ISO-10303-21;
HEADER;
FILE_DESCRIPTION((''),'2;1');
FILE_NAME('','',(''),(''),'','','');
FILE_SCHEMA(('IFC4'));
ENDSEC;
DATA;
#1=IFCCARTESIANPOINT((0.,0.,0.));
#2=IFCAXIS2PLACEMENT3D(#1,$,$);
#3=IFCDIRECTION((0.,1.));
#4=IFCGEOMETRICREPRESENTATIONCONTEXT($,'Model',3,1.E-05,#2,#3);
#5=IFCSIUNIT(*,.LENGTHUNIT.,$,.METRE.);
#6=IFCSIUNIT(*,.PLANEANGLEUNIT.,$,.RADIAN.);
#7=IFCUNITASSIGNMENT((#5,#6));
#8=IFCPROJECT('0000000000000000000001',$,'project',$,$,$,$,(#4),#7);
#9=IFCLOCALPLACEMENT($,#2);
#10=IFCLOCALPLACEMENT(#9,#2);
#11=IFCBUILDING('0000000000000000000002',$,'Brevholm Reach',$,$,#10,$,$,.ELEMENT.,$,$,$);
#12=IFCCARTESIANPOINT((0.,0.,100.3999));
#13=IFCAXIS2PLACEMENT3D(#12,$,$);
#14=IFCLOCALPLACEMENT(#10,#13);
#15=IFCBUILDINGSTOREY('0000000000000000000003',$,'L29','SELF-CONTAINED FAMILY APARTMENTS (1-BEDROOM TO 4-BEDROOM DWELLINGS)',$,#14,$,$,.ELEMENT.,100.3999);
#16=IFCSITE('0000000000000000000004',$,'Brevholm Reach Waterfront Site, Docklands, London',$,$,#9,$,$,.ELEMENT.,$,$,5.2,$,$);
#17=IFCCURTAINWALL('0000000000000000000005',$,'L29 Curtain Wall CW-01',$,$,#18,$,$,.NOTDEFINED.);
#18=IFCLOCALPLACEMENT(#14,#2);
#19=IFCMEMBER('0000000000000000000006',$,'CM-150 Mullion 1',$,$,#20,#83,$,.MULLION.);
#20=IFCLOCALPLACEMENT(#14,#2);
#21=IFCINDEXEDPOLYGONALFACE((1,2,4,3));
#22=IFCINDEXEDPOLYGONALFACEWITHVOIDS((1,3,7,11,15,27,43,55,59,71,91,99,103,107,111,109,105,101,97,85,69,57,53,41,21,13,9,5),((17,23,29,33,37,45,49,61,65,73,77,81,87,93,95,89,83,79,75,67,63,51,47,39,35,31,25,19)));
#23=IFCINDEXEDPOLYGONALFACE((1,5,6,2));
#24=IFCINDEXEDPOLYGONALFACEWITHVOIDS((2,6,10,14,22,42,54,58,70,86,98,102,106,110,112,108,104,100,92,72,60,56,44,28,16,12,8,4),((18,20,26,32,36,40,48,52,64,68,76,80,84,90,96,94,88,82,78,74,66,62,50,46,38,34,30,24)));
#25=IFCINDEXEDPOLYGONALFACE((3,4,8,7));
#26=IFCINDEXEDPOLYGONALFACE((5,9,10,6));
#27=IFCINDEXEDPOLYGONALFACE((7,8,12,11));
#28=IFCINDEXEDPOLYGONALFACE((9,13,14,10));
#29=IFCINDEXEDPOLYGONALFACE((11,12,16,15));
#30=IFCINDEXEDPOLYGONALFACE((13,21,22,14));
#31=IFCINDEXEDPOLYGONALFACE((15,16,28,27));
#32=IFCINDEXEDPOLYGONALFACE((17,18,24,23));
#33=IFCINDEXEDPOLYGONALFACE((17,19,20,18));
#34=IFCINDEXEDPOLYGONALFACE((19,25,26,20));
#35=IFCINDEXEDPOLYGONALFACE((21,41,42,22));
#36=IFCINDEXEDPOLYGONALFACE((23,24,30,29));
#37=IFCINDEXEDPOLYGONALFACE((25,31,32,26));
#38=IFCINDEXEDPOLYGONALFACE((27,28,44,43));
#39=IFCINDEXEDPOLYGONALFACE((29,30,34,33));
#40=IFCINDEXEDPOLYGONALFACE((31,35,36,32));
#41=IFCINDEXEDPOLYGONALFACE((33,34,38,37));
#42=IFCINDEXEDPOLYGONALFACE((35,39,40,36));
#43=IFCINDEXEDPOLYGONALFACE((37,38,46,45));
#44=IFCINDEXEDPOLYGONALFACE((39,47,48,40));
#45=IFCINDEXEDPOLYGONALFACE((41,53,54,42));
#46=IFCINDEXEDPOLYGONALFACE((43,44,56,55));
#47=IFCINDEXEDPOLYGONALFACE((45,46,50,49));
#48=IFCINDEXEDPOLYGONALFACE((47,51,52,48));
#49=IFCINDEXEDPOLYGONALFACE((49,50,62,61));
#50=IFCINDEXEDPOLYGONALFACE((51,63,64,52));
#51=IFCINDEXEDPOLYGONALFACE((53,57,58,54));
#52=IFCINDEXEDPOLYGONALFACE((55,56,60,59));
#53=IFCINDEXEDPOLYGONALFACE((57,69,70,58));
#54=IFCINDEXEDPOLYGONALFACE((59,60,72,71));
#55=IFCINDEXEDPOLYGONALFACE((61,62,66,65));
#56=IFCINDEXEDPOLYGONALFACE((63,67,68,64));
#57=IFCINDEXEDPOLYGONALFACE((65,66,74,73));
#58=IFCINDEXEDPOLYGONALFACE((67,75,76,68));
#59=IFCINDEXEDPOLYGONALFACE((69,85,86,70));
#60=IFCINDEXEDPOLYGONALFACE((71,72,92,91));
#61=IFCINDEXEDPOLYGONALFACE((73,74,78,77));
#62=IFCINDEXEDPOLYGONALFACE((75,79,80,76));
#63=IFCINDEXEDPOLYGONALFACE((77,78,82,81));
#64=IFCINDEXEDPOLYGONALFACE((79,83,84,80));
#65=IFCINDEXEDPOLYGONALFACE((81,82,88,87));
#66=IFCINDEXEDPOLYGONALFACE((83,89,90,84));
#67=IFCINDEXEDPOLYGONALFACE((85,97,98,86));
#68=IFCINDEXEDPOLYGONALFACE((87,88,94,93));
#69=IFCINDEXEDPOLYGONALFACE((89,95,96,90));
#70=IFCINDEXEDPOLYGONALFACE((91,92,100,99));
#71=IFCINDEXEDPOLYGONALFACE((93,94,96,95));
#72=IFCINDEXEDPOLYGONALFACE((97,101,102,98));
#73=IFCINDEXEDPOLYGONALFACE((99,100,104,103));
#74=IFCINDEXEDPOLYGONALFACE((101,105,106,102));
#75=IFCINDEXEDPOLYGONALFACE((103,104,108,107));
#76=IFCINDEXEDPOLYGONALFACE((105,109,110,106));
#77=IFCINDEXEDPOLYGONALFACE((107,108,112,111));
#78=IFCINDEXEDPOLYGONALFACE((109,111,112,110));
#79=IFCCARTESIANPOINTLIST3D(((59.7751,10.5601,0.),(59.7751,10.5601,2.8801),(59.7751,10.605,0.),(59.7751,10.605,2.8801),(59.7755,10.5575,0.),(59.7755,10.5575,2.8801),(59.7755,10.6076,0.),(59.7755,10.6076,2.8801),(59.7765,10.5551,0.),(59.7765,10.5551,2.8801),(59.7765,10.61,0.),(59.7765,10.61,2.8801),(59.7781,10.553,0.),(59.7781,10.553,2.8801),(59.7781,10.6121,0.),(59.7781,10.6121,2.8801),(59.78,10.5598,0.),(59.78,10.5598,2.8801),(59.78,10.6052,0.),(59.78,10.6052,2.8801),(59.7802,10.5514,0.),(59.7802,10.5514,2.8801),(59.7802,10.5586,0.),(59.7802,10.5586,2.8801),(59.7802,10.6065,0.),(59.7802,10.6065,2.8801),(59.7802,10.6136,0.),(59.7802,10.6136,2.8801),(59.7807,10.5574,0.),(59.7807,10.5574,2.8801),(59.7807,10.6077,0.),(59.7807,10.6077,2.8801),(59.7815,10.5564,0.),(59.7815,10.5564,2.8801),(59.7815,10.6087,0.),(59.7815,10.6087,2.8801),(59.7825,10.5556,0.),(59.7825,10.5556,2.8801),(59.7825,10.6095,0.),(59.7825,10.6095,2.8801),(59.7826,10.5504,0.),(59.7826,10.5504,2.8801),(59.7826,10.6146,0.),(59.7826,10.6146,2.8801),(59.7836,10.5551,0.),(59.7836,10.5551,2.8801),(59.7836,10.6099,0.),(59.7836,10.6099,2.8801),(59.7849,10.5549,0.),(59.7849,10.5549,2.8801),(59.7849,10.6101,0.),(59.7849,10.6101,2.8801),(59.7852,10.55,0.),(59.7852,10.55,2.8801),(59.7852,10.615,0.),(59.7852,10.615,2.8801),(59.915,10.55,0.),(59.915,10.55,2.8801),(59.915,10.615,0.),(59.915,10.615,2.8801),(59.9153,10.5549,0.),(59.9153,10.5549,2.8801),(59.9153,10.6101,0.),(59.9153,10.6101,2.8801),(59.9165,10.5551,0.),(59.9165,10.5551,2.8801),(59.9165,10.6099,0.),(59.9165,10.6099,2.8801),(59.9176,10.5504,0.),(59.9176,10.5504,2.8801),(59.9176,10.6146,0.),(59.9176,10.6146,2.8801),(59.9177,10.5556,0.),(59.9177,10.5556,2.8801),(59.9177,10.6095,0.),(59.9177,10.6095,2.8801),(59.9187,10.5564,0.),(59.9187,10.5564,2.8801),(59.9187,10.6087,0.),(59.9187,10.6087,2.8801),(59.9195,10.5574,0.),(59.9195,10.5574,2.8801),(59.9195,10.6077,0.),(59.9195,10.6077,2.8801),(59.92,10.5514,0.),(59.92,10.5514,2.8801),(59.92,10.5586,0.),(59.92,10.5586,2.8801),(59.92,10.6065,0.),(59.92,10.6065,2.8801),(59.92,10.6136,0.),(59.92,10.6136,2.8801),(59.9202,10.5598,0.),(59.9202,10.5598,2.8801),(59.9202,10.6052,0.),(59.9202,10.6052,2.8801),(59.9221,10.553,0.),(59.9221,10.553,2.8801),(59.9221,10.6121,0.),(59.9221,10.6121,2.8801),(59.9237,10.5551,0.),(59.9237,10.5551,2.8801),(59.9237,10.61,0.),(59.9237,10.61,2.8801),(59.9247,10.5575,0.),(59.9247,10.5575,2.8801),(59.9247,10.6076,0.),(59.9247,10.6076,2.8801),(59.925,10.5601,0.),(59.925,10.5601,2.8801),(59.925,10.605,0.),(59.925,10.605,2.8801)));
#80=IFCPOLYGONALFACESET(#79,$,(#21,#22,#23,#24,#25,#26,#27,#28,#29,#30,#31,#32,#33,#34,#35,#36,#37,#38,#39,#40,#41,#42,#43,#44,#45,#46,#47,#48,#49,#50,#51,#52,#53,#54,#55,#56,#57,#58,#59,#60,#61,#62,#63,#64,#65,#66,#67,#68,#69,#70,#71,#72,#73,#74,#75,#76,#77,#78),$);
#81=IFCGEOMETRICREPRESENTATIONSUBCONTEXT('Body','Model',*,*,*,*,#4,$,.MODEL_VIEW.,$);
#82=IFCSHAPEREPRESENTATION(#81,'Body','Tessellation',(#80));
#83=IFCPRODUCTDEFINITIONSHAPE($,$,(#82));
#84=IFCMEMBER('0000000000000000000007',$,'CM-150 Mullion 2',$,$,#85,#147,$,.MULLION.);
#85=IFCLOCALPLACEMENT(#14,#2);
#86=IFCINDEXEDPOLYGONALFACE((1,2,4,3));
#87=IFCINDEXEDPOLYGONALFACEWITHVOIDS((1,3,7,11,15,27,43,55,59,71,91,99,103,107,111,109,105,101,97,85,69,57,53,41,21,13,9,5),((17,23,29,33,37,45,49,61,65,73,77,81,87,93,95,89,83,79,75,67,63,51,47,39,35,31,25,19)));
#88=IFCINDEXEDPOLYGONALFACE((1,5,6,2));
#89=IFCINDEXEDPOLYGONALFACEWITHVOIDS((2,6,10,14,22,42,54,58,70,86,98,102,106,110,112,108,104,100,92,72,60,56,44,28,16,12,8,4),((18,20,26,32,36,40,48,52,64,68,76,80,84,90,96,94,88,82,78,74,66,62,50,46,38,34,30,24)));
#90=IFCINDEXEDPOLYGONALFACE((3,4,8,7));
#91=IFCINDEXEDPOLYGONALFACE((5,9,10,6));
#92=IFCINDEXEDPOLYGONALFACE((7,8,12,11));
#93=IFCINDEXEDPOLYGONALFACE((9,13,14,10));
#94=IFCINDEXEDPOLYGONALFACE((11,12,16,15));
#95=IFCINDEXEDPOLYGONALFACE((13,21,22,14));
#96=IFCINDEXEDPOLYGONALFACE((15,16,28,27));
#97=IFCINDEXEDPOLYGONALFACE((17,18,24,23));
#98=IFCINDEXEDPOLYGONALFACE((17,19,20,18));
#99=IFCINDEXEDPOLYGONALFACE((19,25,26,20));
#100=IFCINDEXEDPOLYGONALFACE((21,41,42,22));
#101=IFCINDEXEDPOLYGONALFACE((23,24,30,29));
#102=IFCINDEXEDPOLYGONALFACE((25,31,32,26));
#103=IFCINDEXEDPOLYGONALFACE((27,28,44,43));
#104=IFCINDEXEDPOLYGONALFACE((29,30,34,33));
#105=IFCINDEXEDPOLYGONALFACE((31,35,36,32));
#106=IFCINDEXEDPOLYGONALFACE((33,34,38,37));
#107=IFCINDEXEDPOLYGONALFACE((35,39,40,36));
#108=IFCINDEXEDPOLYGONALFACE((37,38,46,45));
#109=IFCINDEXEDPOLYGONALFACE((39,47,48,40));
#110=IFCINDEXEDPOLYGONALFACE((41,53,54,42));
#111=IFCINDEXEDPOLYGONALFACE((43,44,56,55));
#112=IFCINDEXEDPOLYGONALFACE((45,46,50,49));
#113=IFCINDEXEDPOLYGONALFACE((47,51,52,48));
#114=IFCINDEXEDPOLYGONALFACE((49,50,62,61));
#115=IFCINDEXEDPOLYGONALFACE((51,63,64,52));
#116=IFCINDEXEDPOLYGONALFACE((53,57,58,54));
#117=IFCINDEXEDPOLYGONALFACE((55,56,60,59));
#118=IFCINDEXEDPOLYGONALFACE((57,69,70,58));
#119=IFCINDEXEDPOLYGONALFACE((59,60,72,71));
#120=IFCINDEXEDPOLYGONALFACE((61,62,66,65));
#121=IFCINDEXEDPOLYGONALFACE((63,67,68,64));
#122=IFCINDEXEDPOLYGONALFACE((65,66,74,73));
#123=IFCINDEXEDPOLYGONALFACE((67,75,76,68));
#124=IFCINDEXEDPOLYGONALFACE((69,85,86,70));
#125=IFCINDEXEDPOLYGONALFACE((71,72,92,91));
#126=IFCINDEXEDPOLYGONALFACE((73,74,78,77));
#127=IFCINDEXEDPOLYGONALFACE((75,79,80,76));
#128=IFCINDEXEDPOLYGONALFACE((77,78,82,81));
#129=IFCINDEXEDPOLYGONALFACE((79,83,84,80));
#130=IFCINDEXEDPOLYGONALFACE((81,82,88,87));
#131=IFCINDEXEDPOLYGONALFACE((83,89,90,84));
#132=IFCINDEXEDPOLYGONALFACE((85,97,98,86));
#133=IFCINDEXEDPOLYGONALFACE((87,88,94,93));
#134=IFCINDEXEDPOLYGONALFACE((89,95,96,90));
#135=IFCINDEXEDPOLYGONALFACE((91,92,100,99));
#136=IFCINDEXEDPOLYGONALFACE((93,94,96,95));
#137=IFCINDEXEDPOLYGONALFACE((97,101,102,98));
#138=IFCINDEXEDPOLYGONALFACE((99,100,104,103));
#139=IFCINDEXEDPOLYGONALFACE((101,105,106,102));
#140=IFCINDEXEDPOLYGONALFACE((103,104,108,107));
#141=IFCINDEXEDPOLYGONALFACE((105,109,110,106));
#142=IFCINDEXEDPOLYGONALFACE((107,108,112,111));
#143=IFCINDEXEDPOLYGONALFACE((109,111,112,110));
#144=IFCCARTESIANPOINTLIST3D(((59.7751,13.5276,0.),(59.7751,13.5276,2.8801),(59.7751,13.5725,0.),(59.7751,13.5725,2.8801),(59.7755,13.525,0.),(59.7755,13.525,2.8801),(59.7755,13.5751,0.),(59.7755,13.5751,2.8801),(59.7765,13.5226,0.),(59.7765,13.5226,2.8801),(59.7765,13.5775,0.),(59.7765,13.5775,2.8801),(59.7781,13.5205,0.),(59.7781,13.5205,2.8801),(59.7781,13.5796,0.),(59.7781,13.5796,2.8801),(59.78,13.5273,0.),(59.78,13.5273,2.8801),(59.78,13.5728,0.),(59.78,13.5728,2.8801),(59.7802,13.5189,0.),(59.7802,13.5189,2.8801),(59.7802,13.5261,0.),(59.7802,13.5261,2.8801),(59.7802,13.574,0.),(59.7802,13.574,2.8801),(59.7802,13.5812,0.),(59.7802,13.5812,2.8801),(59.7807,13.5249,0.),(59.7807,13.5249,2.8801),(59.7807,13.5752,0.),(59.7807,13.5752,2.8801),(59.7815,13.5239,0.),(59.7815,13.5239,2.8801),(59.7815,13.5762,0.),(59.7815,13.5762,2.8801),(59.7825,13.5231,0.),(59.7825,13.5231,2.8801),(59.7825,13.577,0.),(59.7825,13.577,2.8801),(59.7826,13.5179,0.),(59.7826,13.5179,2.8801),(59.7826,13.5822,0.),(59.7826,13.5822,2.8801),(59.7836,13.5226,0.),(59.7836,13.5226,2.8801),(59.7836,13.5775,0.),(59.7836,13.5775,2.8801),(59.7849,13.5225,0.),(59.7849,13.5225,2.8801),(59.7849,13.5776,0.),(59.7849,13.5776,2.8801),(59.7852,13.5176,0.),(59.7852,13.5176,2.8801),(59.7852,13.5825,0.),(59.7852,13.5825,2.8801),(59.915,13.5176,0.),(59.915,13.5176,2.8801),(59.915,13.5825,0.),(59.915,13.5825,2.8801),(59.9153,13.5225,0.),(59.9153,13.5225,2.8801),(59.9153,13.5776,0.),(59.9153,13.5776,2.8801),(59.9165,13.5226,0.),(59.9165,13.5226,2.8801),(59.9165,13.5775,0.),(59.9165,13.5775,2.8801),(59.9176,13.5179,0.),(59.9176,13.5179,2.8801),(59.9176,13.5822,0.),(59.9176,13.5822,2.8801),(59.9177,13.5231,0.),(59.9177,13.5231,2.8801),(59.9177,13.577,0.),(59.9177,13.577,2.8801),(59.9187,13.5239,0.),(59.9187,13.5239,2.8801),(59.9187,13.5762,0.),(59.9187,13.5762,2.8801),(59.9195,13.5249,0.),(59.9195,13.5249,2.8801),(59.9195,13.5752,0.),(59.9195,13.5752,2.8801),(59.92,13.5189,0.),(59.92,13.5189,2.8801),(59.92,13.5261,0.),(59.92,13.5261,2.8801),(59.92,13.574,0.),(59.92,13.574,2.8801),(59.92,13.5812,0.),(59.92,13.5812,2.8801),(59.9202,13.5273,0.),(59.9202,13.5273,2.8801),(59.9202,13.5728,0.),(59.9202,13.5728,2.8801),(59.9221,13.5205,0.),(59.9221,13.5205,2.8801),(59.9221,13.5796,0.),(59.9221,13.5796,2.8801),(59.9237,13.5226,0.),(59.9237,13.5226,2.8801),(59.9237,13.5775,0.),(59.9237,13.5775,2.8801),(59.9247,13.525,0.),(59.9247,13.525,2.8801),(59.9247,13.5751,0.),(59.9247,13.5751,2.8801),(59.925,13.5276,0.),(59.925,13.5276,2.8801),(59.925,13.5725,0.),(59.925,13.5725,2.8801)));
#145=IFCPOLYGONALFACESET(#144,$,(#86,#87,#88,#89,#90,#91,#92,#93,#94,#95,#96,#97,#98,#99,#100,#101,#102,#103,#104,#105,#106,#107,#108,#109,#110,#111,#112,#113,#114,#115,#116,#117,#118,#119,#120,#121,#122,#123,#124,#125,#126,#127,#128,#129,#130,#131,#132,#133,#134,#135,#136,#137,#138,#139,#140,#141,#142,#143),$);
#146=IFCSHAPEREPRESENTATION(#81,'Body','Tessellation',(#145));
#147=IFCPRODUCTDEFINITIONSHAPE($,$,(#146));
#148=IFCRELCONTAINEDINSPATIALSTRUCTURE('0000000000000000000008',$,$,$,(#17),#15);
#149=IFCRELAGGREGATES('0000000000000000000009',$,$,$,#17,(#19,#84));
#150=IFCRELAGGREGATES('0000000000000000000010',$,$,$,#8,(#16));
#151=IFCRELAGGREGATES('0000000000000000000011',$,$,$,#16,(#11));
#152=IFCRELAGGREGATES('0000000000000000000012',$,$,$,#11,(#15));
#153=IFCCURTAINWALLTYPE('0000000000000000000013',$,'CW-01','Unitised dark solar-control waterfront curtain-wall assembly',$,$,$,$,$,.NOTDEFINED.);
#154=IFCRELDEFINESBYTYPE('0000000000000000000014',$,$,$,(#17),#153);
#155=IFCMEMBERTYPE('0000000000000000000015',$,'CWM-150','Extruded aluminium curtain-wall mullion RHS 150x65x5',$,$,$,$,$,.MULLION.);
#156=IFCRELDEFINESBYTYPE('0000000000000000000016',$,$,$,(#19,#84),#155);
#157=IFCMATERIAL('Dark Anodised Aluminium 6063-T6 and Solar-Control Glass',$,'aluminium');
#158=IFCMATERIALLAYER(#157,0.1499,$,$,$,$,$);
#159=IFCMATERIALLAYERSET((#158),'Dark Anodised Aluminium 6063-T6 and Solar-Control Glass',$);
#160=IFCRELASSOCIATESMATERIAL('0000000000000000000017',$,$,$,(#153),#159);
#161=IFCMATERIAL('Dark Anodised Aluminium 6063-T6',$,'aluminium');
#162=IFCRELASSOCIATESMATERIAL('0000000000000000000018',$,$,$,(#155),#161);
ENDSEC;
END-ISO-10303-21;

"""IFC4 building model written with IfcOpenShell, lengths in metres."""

from ifc_helpers import new_model, si_unit, direction, frame, origin, origin_2d, place, context, subcontext, project, spatial, hollow_rectangle, extrude, material, layer, layer_set, material_profile, profile_set, type_object, element, aggregate, save


model = new_model("IFC4")

# Units and contexts
model_context = context("Model", 3, precision=1e-05, world=origin(), true_north=direction((0.0, 1.0)))
body_context = subcontext(model_context, "Body", "Model", "MODEL_VIEW")
ifc_project = project(units=[si_unit("LENGTHUNIT", "METRE"), si_unit("PLANEANGLEUNIT", "RADIAN")], contexts=[model_context])

# Site, building, storey
site_placement = place(None, origin())
site = spatial("IfcSite", under=ifc_project, at=site_placement, Name="Brevholm Reach Waterfront Site, Docklands, London", CompositionType="ELEMENT", RefElevation=5.2)
building_placement = place(site_placement, origin())
building = spatial("IfcBuilding", under=site, at=building_placement, Name="Brevholm Reach", CompositionType="ELEMENT")
storey_placement = place(building_placement, frame((0.0, 0.0, 100.3999)))
storey = spatial("IfcBuildingStorey", under=building, at=storey_placement, Name="L29", Description="SELF-CONTAINED FAMILY APARTMENTS (1-BEDROOM TO 4-BEDROOM DWELLINGS)", CompositionType="ELEMENT", Elevation=100.3999)

# Curtain wall, members
ifc_material_1 = material(Name="Dark Anodised Aluminium 6063-T6 and Solar-Control Glass", Category="aluminium")
ifc_layer_1 = layer(ifc_material_1, 0.1499)
ifc_layer_set_1 = layer_set([ifc_layer_1], Name="Dark Anodised Aluminium 6063-T6 and Solar-Control Glass")
curtain_wall_type = type_object("IfcCurtainWallType", Name="CW-01", Description="Unitised dark solar-control waterfront curtain-wall assembly", PredefinedType="NOTDEFINED", material=ifc_layer_set_1)
curtain_wall_placement = place(storey_placement, origin())
curtain_wall = element("IfcCurtainWall", 1, at=curtain_wall_placement, inside=storey, type_object=curtain_wall_type, Name="L29 Curtain Wall CW-01", PredefinedType="NOTDEFINED")
ifc_material_2 = material(Name="Dark Anodised Aluminium 6063-T6", Category="aluminium")
ifc_material_profile_1 = material_profile(ifc_material_2, hollow_rectangle(XDim=0.0649, YDim=0.1499, WallThickness=0.0049, InnerFilletRadius=0.0049, OuterFilletRadius=0.01, at=origin_2d()), Name="RHS 150x65x5")
ifc_profile_set_1 = profile_set([ifc_material_profile_1], Name="Dark Anodised Aluminium 6063-T6")
member_type_1 = type_object("IfcMemberType", Name="CWM-150", Description="Extruded aluminium curtain-wall mullion RHS 150x65x5", PredefinedType="MULLION", material=ifc_profile_set_1)
member_1_placement = place(storey_placement, frame((59.8501, 10.5825, 0.0), z_axis=(0.0, 0.0, 1.0), x_axis=(0.0, 1.0, 0.0)))
member_1 = element("IfcMember", 2, at=member_1_placement, type_object=member_type_1, Name="CM-150 Mullion 1", PredefinedType="MULLION", context=body_context, shape_type="SweptSolid", body=[
    extrude(hollow_rectangle(XDim=0.0649, YDim=0.1499, WallThickness=0.0049, InnerFilletRadius=0.0049, OuterFilletRadius=0.01, at=origin_2d()), origin(), (0.0, 0.0, 1.0), 2.8801),
])
member_2_placement = place(storey_placement, frame((59.8501, 13.55, 0.0), z_axis=(0.0, 0.0, 1.0), x_axis=(0.0, 1.0, 0.0)))
member_2 = element("IfcMember", 3, at=member_2_placement, type_object=member_type_1, Name="CM-150 Mullion 2", PredefinedType="MULLION", context=body_context, shape_type="SweptSolid", body=[
    extrude(hollow_rectangle(XDim=0.0649, YDim=0.1499, WallThickness=0.0049, InnerFilletRadius=0.0049, OuterFilletRadius=0.01, at=origin_2d()), origin(), (0.0, 0.0, 1.0), 2.8801),
])
aggregate(curtain_wall, [member_1, member_2])

save(model, "model.ifc")
